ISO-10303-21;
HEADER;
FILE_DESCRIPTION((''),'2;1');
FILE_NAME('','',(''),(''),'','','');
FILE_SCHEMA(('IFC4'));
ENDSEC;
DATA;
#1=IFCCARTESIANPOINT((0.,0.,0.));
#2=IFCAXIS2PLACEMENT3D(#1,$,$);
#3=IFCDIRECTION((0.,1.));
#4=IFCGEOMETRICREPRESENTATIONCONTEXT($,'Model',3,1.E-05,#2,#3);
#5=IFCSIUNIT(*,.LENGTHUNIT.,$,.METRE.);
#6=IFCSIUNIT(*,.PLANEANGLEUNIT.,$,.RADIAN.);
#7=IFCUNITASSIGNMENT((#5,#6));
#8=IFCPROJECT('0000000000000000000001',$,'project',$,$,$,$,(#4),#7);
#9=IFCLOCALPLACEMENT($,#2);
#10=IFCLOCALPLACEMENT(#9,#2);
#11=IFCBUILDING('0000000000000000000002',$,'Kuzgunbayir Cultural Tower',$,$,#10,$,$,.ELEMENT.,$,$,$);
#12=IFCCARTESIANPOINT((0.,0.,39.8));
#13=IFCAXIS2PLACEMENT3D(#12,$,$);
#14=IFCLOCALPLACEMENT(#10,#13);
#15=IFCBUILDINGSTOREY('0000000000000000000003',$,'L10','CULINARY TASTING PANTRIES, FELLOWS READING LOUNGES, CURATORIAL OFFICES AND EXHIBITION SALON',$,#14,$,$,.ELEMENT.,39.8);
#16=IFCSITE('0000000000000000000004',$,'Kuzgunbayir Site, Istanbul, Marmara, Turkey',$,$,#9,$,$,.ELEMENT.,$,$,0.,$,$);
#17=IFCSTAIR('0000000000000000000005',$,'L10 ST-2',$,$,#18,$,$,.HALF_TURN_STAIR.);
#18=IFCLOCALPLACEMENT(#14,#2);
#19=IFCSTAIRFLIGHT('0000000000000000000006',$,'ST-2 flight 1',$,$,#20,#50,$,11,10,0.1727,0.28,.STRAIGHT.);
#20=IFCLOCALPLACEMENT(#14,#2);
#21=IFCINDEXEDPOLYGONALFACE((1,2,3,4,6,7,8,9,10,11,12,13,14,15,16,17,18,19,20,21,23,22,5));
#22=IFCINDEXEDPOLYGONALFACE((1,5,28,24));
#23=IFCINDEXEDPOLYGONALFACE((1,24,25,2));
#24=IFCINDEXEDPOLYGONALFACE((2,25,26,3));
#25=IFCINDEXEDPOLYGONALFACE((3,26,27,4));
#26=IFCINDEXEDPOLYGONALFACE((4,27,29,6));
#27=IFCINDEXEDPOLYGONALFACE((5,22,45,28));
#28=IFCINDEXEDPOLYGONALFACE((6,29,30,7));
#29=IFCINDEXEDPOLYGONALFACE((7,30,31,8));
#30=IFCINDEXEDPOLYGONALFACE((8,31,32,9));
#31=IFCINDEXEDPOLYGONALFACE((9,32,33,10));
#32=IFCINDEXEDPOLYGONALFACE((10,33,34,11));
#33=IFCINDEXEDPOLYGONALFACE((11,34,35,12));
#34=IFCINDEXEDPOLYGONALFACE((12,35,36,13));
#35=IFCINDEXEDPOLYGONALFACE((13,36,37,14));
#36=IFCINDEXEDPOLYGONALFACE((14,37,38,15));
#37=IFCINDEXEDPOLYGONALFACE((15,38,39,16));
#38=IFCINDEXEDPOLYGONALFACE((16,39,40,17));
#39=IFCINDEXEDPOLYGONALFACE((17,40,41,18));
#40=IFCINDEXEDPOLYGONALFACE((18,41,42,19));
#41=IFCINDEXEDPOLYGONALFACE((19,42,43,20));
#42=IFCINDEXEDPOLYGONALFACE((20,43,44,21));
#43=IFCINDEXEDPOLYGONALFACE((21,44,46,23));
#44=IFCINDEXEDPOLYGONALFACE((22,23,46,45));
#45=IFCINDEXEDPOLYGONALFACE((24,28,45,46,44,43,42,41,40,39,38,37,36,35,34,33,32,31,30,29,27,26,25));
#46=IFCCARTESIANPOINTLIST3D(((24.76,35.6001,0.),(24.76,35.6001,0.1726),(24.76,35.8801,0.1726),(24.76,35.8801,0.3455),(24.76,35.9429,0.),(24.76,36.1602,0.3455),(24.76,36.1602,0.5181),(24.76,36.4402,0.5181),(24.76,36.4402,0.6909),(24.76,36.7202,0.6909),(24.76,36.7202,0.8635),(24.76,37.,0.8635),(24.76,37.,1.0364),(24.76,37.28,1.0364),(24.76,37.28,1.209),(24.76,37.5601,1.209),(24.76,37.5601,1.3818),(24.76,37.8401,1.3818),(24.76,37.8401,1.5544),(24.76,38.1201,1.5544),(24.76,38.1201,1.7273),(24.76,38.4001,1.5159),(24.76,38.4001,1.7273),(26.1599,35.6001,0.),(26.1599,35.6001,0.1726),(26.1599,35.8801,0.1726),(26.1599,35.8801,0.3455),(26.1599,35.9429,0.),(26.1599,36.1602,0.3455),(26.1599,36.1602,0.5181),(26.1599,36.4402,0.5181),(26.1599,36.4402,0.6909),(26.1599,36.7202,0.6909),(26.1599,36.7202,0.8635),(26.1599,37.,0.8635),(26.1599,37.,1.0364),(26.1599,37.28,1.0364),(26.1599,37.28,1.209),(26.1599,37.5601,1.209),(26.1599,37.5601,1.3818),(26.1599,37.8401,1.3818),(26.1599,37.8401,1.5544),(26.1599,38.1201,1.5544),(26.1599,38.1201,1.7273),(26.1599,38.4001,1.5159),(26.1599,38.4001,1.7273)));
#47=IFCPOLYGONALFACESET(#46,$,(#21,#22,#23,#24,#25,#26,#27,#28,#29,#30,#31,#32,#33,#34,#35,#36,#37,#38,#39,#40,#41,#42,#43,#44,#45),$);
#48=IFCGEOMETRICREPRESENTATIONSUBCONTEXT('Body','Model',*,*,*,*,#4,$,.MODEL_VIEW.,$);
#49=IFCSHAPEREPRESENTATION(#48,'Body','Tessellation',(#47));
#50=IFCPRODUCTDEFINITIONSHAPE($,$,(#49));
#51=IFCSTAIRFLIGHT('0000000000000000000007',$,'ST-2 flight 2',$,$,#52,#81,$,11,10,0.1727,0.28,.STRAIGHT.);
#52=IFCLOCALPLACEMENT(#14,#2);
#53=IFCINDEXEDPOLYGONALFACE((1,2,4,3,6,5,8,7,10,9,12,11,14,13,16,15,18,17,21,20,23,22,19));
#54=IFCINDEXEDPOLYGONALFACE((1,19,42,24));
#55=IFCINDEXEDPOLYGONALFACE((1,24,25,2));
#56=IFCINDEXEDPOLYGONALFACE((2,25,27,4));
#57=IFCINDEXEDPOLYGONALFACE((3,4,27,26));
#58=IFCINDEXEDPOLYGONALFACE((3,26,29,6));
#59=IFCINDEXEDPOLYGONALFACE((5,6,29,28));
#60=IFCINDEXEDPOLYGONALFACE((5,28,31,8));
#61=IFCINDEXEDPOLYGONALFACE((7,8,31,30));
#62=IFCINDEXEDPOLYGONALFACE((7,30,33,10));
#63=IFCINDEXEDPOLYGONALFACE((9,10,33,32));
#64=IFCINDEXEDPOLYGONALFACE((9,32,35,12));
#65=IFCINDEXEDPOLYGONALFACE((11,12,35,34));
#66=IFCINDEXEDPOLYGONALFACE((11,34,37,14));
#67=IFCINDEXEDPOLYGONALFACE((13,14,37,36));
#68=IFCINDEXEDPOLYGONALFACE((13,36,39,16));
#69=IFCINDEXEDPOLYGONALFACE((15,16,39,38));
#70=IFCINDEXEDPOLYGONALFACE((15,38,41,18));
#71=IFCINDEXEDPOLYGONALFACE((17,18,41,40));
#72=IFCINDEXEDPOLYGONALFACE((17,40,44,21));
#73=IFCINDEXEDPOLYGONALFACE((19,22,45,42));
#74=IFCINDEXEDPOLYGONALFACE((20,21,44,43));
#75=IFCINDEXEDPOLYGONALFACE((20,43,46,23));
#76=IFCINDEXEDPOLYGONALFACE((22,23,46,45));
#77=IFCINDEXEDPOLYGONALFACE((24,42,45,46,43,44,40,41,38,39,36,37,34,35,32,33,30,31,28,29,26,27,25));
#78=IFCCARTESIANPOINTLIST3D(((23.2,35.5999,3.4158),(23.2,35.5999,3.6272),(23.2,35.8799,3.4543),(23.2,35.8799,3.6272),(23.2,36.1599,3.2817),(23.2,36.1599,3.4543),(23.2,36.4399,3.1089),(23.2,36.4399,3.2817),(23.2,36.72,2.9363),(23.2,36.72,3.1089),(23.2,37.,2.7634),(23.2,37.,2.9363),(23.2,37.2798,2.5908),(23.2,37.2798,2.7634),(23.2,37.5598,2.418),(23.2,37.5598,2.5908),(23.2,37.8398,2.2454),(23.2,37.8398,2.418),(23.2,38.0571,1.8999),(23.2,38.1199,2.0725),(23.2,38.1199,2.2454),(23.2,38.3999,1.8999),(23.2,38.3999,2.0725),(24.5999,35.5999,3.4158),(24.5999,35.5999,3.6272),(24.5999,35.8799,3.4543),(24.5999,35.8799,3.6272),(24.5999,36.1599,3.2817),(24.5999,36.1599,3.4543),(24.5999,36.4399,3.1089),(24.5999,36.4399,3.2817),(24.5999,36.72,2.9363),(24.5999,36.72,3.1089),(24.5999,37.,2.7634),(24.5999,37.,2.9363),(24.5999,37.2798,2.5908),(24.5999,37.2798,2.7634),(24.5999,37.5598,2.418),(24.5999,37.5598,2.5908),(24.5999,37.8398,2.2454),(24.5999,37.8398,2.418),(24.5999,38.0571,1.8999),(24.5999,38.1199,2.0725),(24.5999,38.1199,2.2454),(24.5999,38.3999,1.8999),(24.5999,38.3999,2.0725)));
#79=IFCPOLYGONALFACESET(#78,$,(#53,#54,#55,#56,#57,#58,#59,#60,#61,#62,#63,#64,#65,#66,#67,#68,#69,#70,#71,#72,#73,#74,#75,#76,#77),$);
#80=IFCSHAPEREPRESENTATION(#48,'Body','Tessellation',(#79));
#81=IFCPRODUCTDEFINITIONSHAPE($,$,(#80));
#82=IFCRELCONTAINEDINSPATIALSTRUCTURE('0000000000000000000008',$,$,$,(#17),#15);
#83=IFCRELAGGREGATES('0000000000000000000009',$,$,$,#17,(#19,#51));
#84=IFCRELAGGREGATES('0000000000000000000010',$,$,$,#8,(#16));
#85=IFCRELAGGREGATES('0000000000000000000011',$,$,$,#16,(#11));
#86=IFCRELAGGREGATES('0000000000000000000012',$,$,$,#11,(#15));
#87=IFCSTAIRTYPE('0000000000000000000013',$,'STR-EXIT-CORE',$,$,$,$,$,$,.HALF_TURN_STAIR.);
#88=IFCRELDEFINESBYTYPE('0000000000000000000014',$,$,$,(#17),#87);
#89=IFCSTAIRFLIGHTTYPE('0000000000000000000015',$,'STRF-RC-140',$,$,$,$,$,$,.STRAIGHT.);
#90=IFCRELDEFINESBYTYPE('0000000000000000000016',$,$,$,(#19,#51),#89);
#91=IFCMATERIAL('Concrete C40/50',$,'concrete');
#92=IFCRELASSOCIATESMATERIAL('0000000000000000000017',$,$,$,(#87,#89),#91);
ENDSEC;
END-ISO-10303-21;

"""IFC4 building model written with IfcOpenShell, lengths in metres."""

from ifc_helpers import new_model, si_unit, direction, frame, origin, place, context, subcontext, project, spatial, polyline, outline, extrude, material, type_object, element, aggregate, save


model = new_model("IFC4")

# Units and contexts
model_context = context("Model", 3, precision=1e-05, world=origin(), true_north=direction((0.0, 1.0)))
body_context = subcontext(model_context, "Body", "Model", "MODEL_VIEW")
ifc_project = project(units=[si_unit("LENGTHUNIT", "METRE"), si_unit("PLANEANGLEUNIT", "RADIAN")], contexts=[model_context])

# Site, building, storey
site_placement = place(None, origin())
site = spatial("IfcSite", under=ifc_project, at=site_placement, Name="Kuzgunbayir Site, Istanbul, Marmara, Turkey", CompositionType="ELEMENT", RefElevation=0.0)
building_placement = place(site_placement, origin())
building = spatial("IfcBuilding", under=site, at=building_placement, Name="Kuzgunbayir Cultural Tower", CompositionType="ELEMENT")
storey_placement = place(building_placement, frame((0.0, 0.0, 39.8)))
storey = spatial("IfcBuildingStorey", under=building, at=storey_placement, Name="L10", Description="CULINARY TASTING PANTRIES, FELLOWS READING LOUNGES, CURATORIAL OFFICES AND EXHIBITION SALON", CompositionType="ELEMENT", Elevation=39.8)

# Shared definitions
ifc_material_1 = material(Name="Concrete C40/50", Category="concrete")

# Stair, stair flights
stair_type = type_object("IfcStairType", Name="STR-EXIT-CORE", PredefinedType="HALF_TURN_STAIR", material=ifc_material_1)
stair_placement = place(storey_placement, origin())
stair = element("IfcStair", 1, at=stair_placement, inside=storey, type_object=stair_type, Name="L10 ST-2", PredefinedType="HALF_TURN_STAIR")
stair_flight_type = type_object("IfcStairFlightType", Name="STRF-RC-140", PredefinedType="STRAIGHT", material=ifc_material_1)
stair_flight_1_placement = place(storey_placement, frame((25.46, 35.6001, 0.0), z_axis=(0.0, 0.0, 1.0), x_axis=(0.0, 1.0, 0.0)))
stair_flight_1 = element("IfcStairFlight", 2, at=stair_flight_1_placement, type_object=stair_flight_type, Name="ST-2 flight 1", NumberOfRisers=11, NumberOfTreads=10, PredefinedType="STRAIGHT", RiserHeight=0.1727, TreadLength=0.28, context=body_context, shape_type="SweptSolid", body=[
    extrude(outline(polyline([(0.0, 0.0), (0.0, 0.1726), (0.28, 0.1726), (0.28, 0.3455), (0.5601, 0.3455), (0.5601, 0.5181), (0.8401, 0.5181), (0.8401, 0.6909), (1.1201, 0.6909), (1.1201, 0.8635), (1.3999, 0.8635), (1.3999, 1.0364), (1.6799, 1.0364), (1.6799, 1.209), (1.96, 1.209), (1.96, 1.3818), (2.24, 1.3818), (2.24, 1.5544), (2.52, 1.5544), (2.52, 1.7273), (2.8, 1.7273), (2.8, 1.8999), (2.8, 1.5159), (0.3428, 0.0), (0.0, 0.0)])), frame((0.0, 0.7, 0.0), z_axis=(0.0, -1.0, 0.0), x_axis=(1.0, 0.0, 0.0)), (0.0, 0.0, 1.0), 1.3999),
])
stair_flight_2_placement = place(storey_placement, frame((23.8999, 38.3999, 1.8999), z_axis=(0.0, 0.0, 1.0), x_axis=(0.0, -1.0, 0.0)))
stair_flight_2 = element("IfcStairFlight", 3, at=stair_flight_2_placement, type_object=stair_flight_type, Name="ST-2 flight 2", NumberOfRisers=11, NumberOfTreads=10, PredefinedType="STRAIGHT", RiserHeight=0.1727, TreadLength=0.28, context=body_context, shape_type="SweptSolid", body=[
    extrude(outline(polyline([(0.0, 0.0), (0.0, 0.1726), (0.28, 0.1726), (0.28, 0.3455), (0.5601, 0.3455), (0.5601, 0.5181), (0.8401, 0.5181), (0.8401, 0.6909), (1.1201, 0.6909), (1.1201, 0.8635), (1.3999, 0.8635), (1.3999, 1.0364), (1.6799, 1.0364), (1.6799, 1.209), (1.96, 1.209), (1.96, 1.3818), (2.24, 1.3818), (2.24, 1.5544), (2.52, 1.5544), (2.52, 1.7273), (2.8, 1.7273), (2.8, 1.8999), (2.8, 1.5159), (0.3428, 0.0), (0.0, 0.0)])), frame((0.0, 0.7, 0.0), z_axis=(0.0, -1.0, 0.0), x_axis=(1.0, 0.0, 0.0)), (0.0, 0.0, 1.0), 1.3999),
])
aggregate(stair, [stair_flight_1, stair_flight_2])

save(model, "model.ifc")
